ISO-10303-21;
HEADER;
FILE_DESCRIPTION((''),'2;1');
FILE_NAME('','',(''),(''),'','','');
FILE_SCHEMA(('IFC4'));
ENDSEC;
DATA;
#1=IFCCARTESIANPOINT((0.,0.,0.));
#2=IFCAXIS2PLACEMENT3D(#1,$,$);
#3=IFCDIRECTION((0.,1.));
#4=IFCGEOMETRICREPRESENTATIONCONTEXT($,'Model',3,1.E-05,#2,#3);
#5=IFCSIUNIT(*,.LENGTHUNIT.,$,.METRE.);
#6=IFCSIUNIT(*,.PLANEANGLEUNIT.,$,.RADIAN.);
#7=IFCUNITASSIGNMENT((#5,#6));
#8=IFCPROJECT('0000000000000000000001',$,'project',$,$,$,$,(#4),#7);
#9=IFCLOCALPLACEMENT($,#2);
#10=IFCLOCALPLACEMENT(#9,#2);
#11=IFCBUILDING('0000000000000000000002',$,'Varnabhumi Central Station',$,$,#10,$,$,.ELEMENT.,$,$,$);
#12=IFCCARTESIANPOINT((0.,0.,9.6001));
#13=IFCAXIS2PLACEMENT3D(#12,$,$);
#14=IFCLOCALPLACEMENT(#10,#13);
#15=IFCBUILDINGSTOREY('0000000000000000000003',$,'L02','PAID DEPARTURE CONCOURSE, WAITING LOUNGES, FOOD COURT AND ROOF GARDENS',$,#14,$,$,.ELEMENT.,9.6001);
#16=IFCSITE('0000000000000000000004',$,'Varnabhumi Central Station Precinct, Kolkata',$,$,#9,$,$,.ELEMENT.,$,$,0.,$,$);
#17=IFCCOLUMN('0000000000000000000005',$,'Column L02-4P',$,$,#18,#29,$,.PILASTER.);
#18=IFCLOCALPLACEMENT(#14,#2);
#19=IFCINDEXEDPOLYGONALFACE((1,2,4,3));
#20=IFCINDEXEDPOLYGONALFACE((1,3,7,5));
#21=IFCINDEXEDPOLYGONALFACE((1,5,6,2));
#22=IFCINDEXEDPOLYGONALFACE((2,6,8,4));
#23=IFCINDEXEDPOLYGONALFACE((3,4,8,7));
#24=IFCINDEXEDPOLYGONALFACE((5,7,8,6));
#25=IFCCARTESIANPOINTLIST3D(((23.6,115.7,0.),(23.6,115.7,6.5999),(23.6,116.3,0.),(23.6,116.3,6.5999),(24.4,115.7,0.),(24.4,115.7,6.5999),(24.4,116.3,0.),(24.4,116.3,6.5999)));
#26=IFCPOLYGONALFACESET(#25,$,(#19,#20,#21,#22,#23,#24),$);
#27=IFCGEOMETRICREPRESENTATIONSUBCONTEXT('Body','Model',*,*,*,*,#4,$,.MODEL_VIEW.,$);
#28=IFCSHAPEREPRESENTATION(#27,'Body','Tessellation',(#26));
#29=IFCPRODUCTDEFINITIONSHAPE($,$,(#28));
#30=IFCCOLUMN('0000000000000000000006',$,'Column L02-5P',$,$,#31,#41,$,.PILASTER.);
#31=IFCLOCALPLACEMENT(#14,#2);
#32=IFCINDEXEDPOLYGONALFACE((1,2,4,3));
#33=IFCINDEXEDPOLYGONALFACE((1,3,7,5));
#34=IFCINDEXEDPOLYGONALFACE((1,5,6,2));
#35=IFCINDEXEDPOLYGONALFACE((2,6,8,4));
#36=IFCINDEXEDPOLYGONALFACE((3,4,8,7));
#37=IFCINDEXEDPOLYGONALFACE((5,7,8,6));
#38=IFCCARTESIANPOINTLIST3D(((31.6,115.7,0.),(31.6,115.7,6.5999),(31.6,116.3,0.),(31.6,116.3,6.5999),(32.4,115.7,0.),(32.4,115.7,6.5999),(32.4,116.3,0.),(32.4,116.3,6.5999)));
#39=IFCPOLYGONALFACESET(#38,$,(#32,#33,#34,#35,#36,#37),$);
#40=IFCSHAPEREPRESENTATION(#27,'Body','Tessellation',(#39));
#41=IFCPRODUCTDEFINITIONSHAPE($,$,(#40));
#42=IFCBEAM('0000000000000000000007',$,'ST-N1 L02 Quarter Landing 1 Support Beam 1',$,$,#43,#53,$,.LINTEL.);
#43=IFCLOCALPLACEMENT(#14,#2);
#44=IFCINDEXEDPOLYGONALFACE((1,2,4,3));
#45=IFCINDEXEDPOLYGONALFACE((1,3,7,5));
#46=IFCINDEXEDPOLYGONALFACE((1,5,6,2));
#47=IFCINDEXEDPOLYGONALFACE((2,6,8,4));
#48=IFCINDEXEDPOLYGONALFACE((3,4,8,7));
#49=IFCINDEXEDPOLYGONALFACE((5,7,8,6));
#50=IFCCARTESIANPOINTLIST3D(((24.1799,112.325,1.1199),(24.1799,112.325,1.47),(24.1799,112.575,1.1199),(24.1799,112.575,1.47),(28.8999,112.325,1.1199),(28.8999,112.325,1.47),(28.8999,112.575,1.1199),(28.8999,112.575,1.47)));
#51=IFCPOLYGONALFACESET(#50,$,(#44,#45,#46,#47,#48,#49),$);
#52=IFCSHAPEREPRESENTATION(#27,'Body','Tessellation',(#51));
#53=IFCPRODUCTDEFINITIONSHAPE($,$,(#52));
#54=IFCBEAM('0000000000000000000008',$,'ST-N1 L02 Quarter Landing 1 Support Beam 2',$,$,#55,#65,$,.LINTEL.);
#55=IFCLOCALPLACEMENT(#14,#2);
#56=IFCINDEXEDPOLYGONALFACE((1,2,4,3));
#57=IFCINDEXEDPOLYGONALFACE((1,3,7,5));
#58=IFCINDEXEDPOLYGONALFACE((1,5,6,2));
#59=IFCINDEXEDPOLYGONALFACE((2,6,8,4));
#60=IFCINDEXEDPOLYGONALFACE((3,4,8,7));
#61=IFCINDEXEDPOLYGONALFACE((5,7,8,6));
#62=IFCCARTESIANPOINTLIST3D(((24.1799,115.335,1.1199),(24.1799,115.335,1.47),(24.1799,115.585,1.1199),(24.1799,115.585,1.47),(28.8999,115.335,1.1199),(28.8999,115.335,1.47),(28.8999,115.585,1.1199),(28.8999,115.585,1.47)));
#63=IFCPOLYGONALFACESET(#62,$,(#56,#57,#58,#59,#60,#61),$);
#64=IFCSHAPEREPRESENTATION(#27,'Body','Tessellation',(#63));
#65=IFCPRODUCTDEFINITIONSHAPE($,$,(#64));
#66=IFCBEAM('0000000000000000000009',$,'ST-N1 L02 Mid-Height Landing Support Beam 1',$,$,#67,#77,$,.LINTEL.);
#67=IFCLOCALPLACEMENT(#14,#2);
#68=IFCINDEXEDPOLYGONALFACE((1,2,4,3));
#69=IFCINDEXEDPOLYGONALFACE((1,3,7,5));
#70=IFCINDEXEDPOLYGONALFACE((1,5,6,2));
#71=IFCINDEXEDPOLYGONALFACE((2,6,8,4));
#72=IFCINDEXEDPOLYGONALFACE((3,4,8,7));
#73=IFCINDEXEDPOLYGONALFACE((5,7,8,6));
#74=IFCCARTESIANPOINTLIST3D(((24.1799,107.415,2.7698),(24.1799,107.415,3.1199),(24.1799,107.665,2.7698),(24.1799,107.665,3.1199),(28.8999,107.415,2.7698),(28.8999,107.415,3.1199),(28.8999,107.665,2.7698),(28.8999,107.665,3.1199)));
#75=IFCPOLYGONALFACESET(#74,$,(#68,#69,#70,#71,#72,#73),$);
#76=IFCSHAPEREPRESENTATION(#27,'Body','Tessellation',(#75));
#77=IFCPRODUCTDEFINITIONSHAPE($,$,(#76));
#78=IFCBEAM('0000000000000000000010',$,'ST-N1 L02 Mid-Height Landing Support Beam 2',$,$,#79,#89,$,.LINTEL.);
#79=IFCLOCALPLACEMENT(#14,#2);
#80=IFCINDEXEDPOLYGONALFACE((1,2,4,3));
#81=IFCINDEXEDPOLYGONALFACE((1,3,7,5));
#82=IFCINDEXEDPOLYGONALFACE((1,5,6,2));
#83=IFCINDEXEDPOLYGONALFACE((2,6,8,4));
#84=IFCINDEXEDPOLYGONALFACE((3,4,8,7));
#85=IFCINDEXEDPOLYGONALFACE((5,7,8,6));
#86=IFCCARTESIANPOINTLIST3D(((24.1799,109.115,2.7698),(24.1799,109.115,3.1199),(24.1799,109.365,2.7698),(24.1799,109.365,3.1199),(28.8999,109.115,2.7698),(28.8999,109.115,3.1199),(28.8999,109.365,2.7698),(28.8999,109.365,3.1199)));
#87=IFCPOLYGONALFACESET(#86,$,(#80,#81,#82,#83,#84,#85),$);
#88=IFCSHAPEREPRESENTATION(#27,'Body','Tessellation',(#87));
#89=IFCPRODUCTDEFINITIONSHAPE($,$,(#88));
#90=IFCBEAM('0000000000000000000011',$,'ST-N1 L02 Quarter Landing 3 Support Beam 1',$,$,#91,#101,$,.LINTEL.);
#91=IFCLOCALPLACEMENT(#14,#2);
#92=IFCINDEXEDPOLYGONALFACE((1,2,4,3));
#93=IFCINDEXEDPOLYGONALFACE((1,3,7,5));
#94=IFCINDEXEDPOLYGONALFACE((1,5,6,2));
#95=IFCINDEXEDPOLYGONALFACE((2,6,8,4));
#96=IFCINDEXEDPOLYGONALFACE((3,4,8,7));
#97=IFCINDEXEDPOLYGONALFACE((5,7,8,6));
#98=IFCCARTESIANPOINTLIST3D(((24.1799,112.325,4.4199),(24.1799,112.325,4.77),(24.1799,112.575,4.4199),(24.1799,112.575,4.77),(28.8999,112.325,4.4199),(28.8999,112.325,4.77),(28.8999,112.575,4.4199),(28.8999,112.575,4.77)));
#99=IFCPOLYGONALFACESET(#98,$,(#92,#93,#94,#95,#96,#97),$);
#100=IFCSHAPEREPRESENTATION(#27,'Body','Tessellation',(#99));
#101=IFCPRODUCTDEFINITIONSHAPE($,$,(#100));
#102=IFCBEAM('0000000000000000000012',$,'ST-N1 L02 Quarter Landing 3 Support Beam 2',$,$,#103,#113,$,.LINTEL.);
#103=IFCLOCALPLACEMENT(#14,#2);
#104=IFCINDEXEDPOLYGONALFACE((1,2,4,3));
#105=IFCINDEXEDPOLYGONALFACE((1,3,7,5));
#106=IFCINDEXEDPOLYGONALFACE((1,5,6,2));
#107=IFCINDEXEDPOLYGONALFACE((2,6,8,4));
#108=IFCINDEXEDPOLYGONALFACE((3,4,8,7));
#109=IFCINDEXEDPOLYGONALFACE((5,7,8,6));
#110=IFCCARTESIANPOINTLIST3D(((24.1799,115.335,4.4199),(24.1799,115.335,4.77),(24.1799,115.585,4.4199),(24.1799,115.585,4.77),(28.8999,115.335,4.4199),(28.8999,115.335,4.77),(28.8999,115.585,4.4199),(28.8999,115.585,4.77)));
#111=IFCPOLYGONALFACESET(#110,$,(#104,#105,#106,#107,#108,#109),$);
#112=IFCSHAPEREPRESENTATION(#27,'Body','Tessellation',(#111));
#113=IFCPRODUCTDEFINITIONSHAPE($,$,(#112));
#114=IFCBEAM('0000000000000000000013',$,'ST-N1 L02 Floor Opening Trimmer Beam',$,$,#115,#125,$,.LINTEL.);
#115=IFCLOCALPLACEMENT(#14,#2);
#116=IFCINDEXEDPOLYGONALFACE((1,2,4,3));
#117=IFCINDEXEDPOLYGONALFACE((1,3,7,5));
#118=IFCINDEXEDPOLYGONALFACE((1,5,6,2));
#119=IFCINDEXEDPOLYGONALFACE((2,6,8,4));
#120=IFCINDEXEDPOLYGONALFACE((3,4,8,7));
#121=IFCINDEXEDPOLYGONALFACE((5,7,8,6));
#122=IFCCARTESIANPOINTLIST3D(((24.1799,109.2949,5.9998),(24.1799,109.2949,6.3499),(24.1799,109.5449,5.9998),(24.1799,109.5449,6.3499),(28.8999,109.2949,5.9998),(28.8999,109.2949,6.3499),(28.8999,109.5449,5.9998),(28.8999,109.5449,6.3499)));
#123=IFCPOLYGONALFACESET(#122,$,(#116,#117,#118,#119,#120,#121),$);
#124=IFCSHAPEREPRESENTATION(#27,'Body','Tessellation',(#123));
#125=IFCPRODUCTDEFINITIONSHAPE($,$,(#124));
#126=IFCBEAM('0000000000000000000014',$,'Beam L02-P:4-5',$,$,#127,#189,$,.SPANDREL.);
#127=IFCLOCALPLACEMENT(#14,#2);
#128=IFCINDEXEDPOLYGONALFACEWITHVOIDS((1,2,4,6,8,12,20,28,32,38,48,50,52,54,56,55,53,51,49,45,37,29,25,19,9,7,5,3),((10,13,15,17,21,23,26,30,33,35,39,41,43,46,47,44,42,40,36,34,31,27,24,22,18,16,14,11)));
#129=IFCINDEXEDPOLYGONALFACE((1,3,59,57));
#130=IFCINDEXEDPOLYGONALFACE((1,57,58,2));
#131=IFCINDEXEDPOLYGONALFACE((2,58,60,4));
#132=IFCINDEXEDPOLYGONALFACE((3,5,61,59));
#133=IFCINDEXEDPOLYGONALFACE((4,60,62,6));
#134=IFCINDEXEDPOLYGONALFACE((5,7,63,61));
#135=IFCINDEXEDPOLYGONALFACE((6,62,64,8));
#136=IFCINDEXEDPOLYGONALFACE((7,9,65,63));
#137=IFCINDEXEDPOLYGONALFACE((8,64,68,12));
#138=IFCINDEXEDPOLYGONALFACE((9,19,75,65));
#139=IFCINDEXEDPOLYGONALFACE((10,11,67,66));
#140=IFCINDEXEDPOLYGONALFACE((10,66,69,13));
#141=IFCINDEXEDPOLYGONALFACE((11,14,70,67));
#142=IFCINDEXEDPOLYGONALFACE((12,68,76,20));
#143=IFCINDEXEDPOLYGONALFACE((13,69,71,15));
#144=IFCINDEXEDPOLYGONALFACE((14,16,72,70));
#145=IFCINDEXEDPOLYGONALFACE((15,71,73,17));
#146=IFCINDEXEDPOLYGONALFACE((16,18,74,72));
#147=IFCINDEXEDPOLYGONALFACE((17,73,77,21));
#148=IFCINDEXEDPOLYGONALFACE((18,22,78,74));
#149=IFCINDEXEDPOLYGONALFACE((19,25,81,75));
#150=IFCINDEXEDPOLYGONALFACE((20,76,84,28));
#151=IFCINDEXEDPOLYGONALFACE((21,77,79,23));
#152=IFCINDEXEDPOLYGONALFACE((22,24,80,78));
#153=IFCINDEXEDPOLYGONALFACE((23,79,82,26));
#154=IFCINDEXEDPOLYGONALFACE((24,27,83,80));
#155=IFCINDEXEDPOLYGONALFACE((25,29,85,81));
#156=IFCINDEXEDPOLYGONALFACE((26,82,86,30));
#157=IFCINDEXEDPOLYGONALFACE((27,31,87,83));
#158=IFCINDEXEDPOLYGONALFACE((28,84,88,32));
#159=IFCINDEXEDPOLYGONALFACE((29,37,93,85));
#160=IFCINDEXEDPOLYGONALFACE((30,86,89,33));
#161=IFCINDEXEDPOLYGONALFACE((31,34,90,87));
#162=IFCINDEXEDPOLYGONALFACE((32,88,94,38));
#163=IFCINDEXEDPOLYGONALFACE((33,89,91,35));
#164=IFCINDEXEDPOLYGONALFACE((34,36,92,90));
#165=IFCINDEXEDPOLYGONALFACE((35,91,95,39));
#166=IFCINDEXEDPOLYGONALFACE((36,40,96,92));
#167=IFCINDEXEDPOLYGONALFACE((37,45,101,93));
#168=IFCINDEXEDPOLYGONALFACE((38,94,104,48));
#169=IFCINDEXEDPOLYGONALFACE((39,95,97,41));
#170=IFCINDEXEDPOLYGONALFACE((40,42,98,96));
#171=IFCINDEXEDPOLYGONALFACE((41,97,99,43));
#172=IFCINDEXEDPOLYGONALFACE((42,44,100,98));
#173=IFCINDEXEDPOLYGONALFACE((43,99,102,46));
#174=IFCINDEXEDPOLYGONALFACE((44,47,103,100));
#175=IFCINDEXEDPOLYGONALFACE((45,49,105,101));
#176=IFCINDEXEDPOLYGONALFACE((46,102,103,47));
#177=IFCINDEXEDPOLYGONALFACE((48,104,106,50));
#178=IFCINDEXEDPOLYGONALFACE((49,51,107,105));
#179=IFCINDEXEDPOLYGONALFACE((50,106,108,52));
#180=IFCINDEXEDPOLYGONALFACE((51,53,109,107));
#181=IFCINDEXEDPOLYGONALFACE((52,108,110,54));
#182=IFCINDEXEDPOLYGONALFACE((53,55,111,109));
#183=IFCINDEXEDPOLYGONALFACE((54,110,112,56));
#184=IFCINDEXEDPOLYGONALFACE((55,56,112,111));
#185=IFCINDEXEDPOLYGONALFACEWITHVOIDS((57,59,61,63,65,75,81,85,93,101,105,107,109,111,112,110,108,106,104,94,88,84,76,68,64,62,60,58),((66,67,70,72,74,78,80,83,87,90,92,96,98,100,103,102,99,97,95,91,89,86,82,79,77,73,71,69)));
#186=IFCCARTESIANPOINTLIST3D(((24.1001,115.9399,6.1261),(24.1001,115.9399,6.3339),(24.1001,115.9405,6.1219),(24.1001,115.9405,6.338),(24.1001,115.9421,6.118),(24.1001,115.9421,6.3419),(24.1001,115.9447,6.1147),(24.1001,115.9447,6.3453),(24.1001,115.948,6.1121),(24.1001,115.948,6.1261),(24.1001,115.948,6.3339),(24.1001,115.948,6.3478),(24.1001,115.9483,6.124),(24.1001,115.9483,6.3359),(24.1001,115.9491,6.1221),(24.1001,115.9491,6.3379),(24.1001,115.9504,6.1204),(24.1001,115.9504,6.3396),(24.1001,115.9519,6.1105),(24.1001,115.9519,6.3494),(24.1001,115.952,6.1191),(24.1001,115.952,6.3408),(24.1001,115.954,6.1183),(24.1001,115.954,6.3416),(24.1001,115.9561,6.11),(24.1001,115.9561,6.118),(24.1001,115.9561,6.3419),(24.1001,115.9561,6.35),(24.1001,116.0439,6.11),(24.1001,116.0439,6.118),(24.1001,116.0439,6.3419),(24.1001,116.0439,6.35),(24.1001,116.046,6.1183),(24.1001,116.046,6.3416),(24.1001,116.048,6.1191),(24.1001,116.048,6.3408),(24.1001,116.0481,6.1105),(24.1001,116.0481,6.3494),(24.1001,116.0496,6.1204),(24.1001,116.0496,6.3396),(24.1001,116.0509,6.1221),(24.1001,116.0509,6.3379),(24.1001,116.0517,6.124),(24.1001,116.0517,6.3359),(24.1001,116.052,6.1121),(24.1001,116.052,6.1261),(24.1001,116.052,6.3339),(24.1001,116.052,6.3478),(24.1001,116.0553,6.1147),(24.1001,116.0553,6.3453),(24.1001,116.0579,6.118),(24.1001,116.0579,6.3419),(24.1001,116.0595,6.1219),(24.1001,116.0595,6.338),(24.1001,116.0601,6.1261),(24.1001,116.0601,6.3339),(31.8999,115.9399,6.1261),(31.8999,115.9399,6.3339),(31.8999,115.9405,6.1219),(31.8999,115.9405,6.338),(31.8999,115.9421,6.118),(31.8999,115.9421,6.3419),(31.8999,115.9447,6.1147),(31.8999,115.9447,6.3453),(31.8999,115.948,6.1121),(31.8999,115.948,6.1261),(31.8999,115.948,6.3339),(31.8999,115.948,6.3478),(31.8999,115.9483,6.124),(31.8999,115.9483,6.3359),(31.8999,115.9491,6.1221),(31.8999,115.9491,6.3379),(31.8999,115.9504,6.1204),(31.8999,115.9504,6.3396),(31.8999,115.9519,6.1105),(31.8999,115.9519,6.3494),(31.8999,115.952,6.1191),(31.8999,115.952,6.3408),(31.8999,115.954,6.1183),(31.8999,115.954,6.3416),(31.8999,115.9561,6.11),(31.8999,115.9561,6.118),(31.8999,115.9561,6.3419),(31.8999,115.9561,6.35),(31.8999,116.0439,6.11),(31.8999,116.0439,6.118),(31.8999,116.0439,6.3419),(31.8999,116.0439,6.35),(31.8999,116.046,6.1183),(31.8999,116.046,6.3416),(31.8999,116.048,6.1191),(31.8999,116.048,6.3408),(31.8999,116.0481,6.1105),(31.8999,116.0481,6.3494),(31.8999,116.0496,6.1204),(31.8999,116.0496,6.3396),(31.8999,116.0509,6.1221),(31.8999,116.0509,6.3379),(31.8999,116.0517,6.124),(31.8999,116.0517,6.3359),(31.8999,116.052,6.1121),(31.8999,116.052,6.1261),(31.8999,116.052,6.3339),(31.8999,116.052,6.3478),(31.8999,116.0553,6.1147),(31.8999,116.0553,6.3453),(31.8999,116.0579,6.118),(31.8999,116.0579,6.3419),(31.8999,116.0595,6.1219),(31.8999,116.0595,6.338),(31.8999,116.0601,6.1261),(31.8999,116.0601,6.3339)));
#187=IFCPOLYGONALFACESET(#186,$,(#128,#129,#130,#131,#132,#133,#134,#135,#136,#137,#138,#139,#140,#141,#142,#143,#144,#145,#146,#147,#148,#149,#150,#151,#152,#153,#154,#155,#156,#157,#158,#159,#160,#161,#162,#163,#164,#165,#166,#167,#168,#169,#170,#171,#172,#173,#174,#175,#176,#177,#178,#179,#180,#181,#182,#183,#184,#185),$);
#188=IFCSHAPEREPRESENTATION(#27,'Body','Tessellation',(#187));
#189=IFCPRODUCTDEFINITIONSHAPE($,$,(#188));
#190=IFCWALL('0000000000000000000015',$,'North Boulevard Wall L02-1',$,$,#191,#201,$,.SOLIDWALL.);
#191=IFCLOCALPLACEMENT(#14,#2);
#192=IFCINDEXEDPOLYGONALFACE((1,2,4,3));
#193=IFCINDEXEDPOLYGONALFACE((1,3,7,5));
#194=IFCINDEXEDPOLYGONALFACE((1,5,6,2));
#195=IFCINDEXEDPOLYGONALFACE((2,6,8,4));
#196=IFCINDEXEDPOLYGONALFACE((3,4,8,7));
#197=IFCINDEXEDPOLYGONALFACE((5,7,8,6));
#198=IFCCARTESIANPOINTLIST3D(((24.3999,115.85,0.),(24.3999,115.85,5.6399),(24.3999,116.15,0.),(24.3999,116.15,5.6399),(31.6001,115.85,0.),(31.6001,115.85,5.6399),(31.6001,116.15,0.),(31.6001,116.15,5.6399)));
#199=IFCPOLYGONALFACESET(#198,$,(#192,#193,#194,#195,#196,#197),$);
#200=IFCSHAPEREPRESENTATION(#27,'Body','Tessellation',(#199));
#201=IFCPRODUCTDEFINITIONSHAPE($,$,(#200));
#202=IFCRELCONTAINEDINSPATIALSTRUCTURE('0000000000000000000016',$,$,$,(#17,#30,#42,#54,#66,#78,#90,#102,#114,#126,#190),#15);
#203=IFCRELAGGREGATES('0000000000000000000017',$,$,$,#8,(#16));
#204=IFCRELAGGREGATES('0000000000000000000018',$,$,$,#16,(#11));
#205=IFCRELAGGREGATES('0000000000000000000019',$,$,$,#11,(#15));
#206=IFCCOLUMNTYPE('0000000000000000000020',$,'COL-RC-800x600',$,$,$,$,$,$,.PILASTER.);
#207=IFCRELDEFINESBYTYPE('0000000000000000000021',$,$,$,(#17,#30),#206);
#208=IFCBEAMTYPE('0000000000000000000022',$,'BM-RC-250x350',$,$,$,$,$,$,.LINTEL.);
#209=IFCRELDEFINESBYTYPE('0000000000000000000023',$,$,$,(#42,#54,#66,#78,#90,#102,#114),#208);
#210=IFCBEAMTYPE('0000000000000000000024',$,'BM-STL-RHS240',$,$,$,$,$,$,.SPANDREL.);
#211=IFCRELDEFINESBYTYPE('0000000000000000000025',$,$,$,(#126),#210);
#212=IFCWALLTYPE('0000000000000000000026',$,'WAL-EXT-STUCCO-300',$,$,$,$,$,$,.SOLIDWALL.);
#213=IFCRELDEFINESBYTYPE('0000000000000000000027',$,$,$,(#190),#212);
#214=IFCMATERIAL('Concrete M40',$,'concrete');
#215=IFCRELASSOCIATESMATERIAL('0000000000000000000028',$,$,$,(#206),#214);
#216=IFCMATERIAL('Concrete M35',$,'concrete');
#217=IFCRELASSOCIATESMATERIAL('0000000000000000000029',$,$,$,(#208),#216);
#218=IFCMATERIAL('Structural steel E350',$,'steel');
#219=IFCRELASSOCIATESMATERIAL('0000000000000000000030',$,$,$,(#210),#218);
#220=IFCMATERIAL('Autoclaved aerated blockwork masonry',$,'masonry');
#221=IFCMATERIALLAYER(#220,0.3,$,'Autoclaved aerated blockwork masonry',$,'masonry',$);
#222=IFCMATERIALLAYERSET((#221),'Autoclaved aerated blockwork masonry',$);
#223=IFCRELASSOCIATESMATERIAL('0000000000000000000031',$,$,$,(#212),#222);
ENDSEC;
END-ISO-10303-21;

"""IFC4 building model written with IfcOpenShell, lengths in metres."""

from ifc_helpers import new_model, si_unit, direction, frame, frame_2d, origin, origin_2d, place, context, subcontext, project, spatial, rectangle, hollow_rectangle, extrude, material, layer, layer_set, material_profile, profile_set, type_object, element, save


model = new_model("IFC4")

# Units and contexts
model_context = context("Model", 3, precision=1e-05, world=origin(), true_north=direction((0.0, 1.0)))
body_context = subcontext(model_context, "Body", "Model", "MODEL_VIEW")
ifc_project = project(units=[si_unit("LENGTHUNIT", "METRE"), si_unit("PLANEANGLEUNIT", "RADIAN")], contexts=[model_context])

# Site, building, storey
site_placement = place(None, origin())
site = spatial("IfcSite", under=ifc_project, at=site_placement, Name="Varnabhumi Central Station Precinct, Kolkata", CompositionType="ELEMENT", RefElevation=0.0)
building_placement = place(site_placement, origin())
building = spatial("IfcBuilding", under=site, at=building_placement, Name="Varnabhumi Central Station", CompositionType="ELEMENT")
storey_placement = place(building_placement, frame((0.0, 0.0, 9.6001)))
storey = spatial("IfcBuildingStorey", under=building, at=storey_placement, Name="L02", Description="PAID DEPARTURE CONCOURSE, WAITING LOUNGES, FOOD COURT AND ROOF GARDENS", CompositionType="ELEMENT", Elevation=9.6001)

# Columns
ifc_material_1 = material(Name="Concrete M40", Category="concrete")
ifc_material_profile_1 = material_profile(ifc_material_1, rectangle(XDim=0.8, YDim=0.6001, at=origin_2d()), Name="Concrete M40", Category="concrete")
ifc_profile_set_1 = profile_set([ifc_material_profile_1], Name="Concrete M40")
column_type = type_object("IfcColumnType", Name="COL-RC-800x600", PredefinedType="PILASTER", material=ifc_profile_set_1)
for number, where, z_axis, x_axis, name in (
    (1, (24.0, 116.0, 0.0), (0.0, 0.0, 1.0), (1.0, 0.0, 0.0), "Column L02-4P"),
    (2, (32.0, 116.0, 0.0), (0.0, 0.0, 1.0), (1.0, 0.0, 0.0), "Column L02-5P"),
):
    element("IfcColumn", number, at=place(storey_placement, frame(where, z_axis=z_axis, x_axis=x_axis)), inside=storey, type_object=column_type, Name=name, PredefinedType="PILASTER", context=body_context, shape_type="SweptSolid", body=[
        extrude(rectangle(XDim=0.8, YDim=0.6001, at=origin_2d()), origin(), (0.0, 0.0, 1.0), 6.5999),
    ])

# Beams
ifc_material_2 = material(Name="Concrete M35", Category="concrete")
ifc_material_profile_2 = material_profile(ifc_material_2, rectangle(XDim=0.25, YDim=0.3501, at=origin_2d()), Name="Concrete M35", Category="concrete")
ifc_profile_set_2 = profile_set([ifc_material_profile_2], Name="Concrete M35")
beam_type_1 = type_object("IfcBeamType", Name="BM-RC-250x350", PredefinedType="LINTEL", material=ifc_profile_set_2)
for number, where, z_axis, x_axis, name in (
    (3, (24.1799, 112.45, 1.2949), (1.0, 0.0, 0.0), (0.0, 1.0, 0.0), "ST-N1 L02 Quarter Landing 1 Support Beam 1"),
    (4, (24.1799, 115.46, 1.2949), (1.0, 0.0, 0.0), (0.0, 1.0, 0.0), "ST-N1 L02 Quarter Landing 1 Support Beam 2"),
    (5, (24.1799, 107.54, 2.9448), (1.0, 0.0, 0.0), (0.0, 1.0, 0.0), "ST-N1 L02 Mid-Height Landing Support Beam 1"),
    (6, (24.1799, 109.24, 2.9448), (1.0, 0.0, 0.0), (0.0, 1.0, 0.0), "ST-N1 L02 Mid-Height Landing Support Beam 2"),
    (7, (24.1799, 112.45, 4.595), (1.0, 0.0, 0.0), (0.0, 1.0, 0.0), "ST-N1 L02 Quarter Landing 3 Support Beam 1"),
    (8, (24.1799, 115.46, 4.595), (1.0, 0.0, 0.0), (0.0, 1.0, 0.0), "ST-N1 L02 Quarter Landing 3 Support Beam 2"),
    (9, (24.1799, 109.4199, 6.1748), (1.0, 0.0, 0.0), (0.0, 1.0, 0.0), "ST-N1 L02 Floor Opening Trimmer Beam"),
):
    element("IfcBeam", number, at=place(storey_placement, frame(where, z_axis=z_axis, x_axis=x_axis)), inside=storey, type_object=beam_type_1, Name=name, PredefinedType="LINTEL", context=body_context, shape_type="SweptSolid", body=[
        extrude(rectangle(XDim=0.25, YDim=0.3501, at=origin_2d()), origin(), (0.0, 0.0, 1.0), 4.72),
    ])
ifc_material_3 = material(Name="Structural steel E350", Category="steel")
ifc_material_profile_3 = material_profile(ifc_material_3, hollow_rectangle(XDim=0.1201, YDim=0.24, WallThickness=0.0081, InnerFilletRadius=0.0081, OuterFilletRadius=0.0161, at=origin_2d()), Name="Structural steel E350", Category="steel")
ifc_profile_set_3 = profile_set([ifc_material_profile_3], Name="Structural steel E350")
beam_type_2 = type_object("IfcBeamType", Name="BM-STL-RHS240", PredefinedType="SPANDREL", material=ifc_profile_set_3)
beam_placement = place(storey_placement, frame((24.1001, 116.0, 6.23), z_axis=(1.0, 0.0, 0.0), x_axis=(0.0, 1.0, 0.0)))
element("IfcBeam", 10, at=beam_placement, inside=storey, type_object=beam_type_2, Name="Beam L02-P:4-5", PredefinedType="SPANDREL", context=body_context, shape_type="SweptSolid", body=[
    extrude(hollow_rectangle(XDim=0.1201, YDim=0.24, WallThickness=0.0081, InnerFilletRadius=0.0081, OuterFilletRadius=0.0161, at=origin_2d()), origin(), (0.0, 0.0, 1.0), 7.7998),
])

# Wall
ifc_material_4 = material(Name="Autoclaved aerated blockwork masonry", Category="masonry")
ifc_layer_1 = layer(ifc_material_4, 0.3, Name="Autoclaved aerated blockwork masonry", Category="masonry")
ifc_layer_set_1 = layer_set([ifc_layer_1], Name="Autoclaved aerated blockwork masonry")
wall_type_1 = type_object("IfcWallType", Name="WAL-EXT-STUCCO-300", PredefinedType="SOLIDWALL", material=ifc_layer_set_1)
wall_1_placement = place(storey_placement, frame((24.3999, 116.0, 0.0), z_axis=(0.0, 0.0, 1.0), x_axis=(1.0, 0.0, 0.0)))
element("IfcWall", 11, at=wall_1_placement, inside=storey, type_object=wall_type_1, Name="North Boulevard Wall L02-1", PredefinedType="SOLIDWALL", context=body_context, shape_type="SweptSolid", body=[
    extrude(rectangle(XDim=7.2002, YDim=0.3, at=frame_2d((3.6001, 0.0))), origin(), (0.0, 0.0, 1.0), 5.6399),
])

save(model, "model.ifc")
